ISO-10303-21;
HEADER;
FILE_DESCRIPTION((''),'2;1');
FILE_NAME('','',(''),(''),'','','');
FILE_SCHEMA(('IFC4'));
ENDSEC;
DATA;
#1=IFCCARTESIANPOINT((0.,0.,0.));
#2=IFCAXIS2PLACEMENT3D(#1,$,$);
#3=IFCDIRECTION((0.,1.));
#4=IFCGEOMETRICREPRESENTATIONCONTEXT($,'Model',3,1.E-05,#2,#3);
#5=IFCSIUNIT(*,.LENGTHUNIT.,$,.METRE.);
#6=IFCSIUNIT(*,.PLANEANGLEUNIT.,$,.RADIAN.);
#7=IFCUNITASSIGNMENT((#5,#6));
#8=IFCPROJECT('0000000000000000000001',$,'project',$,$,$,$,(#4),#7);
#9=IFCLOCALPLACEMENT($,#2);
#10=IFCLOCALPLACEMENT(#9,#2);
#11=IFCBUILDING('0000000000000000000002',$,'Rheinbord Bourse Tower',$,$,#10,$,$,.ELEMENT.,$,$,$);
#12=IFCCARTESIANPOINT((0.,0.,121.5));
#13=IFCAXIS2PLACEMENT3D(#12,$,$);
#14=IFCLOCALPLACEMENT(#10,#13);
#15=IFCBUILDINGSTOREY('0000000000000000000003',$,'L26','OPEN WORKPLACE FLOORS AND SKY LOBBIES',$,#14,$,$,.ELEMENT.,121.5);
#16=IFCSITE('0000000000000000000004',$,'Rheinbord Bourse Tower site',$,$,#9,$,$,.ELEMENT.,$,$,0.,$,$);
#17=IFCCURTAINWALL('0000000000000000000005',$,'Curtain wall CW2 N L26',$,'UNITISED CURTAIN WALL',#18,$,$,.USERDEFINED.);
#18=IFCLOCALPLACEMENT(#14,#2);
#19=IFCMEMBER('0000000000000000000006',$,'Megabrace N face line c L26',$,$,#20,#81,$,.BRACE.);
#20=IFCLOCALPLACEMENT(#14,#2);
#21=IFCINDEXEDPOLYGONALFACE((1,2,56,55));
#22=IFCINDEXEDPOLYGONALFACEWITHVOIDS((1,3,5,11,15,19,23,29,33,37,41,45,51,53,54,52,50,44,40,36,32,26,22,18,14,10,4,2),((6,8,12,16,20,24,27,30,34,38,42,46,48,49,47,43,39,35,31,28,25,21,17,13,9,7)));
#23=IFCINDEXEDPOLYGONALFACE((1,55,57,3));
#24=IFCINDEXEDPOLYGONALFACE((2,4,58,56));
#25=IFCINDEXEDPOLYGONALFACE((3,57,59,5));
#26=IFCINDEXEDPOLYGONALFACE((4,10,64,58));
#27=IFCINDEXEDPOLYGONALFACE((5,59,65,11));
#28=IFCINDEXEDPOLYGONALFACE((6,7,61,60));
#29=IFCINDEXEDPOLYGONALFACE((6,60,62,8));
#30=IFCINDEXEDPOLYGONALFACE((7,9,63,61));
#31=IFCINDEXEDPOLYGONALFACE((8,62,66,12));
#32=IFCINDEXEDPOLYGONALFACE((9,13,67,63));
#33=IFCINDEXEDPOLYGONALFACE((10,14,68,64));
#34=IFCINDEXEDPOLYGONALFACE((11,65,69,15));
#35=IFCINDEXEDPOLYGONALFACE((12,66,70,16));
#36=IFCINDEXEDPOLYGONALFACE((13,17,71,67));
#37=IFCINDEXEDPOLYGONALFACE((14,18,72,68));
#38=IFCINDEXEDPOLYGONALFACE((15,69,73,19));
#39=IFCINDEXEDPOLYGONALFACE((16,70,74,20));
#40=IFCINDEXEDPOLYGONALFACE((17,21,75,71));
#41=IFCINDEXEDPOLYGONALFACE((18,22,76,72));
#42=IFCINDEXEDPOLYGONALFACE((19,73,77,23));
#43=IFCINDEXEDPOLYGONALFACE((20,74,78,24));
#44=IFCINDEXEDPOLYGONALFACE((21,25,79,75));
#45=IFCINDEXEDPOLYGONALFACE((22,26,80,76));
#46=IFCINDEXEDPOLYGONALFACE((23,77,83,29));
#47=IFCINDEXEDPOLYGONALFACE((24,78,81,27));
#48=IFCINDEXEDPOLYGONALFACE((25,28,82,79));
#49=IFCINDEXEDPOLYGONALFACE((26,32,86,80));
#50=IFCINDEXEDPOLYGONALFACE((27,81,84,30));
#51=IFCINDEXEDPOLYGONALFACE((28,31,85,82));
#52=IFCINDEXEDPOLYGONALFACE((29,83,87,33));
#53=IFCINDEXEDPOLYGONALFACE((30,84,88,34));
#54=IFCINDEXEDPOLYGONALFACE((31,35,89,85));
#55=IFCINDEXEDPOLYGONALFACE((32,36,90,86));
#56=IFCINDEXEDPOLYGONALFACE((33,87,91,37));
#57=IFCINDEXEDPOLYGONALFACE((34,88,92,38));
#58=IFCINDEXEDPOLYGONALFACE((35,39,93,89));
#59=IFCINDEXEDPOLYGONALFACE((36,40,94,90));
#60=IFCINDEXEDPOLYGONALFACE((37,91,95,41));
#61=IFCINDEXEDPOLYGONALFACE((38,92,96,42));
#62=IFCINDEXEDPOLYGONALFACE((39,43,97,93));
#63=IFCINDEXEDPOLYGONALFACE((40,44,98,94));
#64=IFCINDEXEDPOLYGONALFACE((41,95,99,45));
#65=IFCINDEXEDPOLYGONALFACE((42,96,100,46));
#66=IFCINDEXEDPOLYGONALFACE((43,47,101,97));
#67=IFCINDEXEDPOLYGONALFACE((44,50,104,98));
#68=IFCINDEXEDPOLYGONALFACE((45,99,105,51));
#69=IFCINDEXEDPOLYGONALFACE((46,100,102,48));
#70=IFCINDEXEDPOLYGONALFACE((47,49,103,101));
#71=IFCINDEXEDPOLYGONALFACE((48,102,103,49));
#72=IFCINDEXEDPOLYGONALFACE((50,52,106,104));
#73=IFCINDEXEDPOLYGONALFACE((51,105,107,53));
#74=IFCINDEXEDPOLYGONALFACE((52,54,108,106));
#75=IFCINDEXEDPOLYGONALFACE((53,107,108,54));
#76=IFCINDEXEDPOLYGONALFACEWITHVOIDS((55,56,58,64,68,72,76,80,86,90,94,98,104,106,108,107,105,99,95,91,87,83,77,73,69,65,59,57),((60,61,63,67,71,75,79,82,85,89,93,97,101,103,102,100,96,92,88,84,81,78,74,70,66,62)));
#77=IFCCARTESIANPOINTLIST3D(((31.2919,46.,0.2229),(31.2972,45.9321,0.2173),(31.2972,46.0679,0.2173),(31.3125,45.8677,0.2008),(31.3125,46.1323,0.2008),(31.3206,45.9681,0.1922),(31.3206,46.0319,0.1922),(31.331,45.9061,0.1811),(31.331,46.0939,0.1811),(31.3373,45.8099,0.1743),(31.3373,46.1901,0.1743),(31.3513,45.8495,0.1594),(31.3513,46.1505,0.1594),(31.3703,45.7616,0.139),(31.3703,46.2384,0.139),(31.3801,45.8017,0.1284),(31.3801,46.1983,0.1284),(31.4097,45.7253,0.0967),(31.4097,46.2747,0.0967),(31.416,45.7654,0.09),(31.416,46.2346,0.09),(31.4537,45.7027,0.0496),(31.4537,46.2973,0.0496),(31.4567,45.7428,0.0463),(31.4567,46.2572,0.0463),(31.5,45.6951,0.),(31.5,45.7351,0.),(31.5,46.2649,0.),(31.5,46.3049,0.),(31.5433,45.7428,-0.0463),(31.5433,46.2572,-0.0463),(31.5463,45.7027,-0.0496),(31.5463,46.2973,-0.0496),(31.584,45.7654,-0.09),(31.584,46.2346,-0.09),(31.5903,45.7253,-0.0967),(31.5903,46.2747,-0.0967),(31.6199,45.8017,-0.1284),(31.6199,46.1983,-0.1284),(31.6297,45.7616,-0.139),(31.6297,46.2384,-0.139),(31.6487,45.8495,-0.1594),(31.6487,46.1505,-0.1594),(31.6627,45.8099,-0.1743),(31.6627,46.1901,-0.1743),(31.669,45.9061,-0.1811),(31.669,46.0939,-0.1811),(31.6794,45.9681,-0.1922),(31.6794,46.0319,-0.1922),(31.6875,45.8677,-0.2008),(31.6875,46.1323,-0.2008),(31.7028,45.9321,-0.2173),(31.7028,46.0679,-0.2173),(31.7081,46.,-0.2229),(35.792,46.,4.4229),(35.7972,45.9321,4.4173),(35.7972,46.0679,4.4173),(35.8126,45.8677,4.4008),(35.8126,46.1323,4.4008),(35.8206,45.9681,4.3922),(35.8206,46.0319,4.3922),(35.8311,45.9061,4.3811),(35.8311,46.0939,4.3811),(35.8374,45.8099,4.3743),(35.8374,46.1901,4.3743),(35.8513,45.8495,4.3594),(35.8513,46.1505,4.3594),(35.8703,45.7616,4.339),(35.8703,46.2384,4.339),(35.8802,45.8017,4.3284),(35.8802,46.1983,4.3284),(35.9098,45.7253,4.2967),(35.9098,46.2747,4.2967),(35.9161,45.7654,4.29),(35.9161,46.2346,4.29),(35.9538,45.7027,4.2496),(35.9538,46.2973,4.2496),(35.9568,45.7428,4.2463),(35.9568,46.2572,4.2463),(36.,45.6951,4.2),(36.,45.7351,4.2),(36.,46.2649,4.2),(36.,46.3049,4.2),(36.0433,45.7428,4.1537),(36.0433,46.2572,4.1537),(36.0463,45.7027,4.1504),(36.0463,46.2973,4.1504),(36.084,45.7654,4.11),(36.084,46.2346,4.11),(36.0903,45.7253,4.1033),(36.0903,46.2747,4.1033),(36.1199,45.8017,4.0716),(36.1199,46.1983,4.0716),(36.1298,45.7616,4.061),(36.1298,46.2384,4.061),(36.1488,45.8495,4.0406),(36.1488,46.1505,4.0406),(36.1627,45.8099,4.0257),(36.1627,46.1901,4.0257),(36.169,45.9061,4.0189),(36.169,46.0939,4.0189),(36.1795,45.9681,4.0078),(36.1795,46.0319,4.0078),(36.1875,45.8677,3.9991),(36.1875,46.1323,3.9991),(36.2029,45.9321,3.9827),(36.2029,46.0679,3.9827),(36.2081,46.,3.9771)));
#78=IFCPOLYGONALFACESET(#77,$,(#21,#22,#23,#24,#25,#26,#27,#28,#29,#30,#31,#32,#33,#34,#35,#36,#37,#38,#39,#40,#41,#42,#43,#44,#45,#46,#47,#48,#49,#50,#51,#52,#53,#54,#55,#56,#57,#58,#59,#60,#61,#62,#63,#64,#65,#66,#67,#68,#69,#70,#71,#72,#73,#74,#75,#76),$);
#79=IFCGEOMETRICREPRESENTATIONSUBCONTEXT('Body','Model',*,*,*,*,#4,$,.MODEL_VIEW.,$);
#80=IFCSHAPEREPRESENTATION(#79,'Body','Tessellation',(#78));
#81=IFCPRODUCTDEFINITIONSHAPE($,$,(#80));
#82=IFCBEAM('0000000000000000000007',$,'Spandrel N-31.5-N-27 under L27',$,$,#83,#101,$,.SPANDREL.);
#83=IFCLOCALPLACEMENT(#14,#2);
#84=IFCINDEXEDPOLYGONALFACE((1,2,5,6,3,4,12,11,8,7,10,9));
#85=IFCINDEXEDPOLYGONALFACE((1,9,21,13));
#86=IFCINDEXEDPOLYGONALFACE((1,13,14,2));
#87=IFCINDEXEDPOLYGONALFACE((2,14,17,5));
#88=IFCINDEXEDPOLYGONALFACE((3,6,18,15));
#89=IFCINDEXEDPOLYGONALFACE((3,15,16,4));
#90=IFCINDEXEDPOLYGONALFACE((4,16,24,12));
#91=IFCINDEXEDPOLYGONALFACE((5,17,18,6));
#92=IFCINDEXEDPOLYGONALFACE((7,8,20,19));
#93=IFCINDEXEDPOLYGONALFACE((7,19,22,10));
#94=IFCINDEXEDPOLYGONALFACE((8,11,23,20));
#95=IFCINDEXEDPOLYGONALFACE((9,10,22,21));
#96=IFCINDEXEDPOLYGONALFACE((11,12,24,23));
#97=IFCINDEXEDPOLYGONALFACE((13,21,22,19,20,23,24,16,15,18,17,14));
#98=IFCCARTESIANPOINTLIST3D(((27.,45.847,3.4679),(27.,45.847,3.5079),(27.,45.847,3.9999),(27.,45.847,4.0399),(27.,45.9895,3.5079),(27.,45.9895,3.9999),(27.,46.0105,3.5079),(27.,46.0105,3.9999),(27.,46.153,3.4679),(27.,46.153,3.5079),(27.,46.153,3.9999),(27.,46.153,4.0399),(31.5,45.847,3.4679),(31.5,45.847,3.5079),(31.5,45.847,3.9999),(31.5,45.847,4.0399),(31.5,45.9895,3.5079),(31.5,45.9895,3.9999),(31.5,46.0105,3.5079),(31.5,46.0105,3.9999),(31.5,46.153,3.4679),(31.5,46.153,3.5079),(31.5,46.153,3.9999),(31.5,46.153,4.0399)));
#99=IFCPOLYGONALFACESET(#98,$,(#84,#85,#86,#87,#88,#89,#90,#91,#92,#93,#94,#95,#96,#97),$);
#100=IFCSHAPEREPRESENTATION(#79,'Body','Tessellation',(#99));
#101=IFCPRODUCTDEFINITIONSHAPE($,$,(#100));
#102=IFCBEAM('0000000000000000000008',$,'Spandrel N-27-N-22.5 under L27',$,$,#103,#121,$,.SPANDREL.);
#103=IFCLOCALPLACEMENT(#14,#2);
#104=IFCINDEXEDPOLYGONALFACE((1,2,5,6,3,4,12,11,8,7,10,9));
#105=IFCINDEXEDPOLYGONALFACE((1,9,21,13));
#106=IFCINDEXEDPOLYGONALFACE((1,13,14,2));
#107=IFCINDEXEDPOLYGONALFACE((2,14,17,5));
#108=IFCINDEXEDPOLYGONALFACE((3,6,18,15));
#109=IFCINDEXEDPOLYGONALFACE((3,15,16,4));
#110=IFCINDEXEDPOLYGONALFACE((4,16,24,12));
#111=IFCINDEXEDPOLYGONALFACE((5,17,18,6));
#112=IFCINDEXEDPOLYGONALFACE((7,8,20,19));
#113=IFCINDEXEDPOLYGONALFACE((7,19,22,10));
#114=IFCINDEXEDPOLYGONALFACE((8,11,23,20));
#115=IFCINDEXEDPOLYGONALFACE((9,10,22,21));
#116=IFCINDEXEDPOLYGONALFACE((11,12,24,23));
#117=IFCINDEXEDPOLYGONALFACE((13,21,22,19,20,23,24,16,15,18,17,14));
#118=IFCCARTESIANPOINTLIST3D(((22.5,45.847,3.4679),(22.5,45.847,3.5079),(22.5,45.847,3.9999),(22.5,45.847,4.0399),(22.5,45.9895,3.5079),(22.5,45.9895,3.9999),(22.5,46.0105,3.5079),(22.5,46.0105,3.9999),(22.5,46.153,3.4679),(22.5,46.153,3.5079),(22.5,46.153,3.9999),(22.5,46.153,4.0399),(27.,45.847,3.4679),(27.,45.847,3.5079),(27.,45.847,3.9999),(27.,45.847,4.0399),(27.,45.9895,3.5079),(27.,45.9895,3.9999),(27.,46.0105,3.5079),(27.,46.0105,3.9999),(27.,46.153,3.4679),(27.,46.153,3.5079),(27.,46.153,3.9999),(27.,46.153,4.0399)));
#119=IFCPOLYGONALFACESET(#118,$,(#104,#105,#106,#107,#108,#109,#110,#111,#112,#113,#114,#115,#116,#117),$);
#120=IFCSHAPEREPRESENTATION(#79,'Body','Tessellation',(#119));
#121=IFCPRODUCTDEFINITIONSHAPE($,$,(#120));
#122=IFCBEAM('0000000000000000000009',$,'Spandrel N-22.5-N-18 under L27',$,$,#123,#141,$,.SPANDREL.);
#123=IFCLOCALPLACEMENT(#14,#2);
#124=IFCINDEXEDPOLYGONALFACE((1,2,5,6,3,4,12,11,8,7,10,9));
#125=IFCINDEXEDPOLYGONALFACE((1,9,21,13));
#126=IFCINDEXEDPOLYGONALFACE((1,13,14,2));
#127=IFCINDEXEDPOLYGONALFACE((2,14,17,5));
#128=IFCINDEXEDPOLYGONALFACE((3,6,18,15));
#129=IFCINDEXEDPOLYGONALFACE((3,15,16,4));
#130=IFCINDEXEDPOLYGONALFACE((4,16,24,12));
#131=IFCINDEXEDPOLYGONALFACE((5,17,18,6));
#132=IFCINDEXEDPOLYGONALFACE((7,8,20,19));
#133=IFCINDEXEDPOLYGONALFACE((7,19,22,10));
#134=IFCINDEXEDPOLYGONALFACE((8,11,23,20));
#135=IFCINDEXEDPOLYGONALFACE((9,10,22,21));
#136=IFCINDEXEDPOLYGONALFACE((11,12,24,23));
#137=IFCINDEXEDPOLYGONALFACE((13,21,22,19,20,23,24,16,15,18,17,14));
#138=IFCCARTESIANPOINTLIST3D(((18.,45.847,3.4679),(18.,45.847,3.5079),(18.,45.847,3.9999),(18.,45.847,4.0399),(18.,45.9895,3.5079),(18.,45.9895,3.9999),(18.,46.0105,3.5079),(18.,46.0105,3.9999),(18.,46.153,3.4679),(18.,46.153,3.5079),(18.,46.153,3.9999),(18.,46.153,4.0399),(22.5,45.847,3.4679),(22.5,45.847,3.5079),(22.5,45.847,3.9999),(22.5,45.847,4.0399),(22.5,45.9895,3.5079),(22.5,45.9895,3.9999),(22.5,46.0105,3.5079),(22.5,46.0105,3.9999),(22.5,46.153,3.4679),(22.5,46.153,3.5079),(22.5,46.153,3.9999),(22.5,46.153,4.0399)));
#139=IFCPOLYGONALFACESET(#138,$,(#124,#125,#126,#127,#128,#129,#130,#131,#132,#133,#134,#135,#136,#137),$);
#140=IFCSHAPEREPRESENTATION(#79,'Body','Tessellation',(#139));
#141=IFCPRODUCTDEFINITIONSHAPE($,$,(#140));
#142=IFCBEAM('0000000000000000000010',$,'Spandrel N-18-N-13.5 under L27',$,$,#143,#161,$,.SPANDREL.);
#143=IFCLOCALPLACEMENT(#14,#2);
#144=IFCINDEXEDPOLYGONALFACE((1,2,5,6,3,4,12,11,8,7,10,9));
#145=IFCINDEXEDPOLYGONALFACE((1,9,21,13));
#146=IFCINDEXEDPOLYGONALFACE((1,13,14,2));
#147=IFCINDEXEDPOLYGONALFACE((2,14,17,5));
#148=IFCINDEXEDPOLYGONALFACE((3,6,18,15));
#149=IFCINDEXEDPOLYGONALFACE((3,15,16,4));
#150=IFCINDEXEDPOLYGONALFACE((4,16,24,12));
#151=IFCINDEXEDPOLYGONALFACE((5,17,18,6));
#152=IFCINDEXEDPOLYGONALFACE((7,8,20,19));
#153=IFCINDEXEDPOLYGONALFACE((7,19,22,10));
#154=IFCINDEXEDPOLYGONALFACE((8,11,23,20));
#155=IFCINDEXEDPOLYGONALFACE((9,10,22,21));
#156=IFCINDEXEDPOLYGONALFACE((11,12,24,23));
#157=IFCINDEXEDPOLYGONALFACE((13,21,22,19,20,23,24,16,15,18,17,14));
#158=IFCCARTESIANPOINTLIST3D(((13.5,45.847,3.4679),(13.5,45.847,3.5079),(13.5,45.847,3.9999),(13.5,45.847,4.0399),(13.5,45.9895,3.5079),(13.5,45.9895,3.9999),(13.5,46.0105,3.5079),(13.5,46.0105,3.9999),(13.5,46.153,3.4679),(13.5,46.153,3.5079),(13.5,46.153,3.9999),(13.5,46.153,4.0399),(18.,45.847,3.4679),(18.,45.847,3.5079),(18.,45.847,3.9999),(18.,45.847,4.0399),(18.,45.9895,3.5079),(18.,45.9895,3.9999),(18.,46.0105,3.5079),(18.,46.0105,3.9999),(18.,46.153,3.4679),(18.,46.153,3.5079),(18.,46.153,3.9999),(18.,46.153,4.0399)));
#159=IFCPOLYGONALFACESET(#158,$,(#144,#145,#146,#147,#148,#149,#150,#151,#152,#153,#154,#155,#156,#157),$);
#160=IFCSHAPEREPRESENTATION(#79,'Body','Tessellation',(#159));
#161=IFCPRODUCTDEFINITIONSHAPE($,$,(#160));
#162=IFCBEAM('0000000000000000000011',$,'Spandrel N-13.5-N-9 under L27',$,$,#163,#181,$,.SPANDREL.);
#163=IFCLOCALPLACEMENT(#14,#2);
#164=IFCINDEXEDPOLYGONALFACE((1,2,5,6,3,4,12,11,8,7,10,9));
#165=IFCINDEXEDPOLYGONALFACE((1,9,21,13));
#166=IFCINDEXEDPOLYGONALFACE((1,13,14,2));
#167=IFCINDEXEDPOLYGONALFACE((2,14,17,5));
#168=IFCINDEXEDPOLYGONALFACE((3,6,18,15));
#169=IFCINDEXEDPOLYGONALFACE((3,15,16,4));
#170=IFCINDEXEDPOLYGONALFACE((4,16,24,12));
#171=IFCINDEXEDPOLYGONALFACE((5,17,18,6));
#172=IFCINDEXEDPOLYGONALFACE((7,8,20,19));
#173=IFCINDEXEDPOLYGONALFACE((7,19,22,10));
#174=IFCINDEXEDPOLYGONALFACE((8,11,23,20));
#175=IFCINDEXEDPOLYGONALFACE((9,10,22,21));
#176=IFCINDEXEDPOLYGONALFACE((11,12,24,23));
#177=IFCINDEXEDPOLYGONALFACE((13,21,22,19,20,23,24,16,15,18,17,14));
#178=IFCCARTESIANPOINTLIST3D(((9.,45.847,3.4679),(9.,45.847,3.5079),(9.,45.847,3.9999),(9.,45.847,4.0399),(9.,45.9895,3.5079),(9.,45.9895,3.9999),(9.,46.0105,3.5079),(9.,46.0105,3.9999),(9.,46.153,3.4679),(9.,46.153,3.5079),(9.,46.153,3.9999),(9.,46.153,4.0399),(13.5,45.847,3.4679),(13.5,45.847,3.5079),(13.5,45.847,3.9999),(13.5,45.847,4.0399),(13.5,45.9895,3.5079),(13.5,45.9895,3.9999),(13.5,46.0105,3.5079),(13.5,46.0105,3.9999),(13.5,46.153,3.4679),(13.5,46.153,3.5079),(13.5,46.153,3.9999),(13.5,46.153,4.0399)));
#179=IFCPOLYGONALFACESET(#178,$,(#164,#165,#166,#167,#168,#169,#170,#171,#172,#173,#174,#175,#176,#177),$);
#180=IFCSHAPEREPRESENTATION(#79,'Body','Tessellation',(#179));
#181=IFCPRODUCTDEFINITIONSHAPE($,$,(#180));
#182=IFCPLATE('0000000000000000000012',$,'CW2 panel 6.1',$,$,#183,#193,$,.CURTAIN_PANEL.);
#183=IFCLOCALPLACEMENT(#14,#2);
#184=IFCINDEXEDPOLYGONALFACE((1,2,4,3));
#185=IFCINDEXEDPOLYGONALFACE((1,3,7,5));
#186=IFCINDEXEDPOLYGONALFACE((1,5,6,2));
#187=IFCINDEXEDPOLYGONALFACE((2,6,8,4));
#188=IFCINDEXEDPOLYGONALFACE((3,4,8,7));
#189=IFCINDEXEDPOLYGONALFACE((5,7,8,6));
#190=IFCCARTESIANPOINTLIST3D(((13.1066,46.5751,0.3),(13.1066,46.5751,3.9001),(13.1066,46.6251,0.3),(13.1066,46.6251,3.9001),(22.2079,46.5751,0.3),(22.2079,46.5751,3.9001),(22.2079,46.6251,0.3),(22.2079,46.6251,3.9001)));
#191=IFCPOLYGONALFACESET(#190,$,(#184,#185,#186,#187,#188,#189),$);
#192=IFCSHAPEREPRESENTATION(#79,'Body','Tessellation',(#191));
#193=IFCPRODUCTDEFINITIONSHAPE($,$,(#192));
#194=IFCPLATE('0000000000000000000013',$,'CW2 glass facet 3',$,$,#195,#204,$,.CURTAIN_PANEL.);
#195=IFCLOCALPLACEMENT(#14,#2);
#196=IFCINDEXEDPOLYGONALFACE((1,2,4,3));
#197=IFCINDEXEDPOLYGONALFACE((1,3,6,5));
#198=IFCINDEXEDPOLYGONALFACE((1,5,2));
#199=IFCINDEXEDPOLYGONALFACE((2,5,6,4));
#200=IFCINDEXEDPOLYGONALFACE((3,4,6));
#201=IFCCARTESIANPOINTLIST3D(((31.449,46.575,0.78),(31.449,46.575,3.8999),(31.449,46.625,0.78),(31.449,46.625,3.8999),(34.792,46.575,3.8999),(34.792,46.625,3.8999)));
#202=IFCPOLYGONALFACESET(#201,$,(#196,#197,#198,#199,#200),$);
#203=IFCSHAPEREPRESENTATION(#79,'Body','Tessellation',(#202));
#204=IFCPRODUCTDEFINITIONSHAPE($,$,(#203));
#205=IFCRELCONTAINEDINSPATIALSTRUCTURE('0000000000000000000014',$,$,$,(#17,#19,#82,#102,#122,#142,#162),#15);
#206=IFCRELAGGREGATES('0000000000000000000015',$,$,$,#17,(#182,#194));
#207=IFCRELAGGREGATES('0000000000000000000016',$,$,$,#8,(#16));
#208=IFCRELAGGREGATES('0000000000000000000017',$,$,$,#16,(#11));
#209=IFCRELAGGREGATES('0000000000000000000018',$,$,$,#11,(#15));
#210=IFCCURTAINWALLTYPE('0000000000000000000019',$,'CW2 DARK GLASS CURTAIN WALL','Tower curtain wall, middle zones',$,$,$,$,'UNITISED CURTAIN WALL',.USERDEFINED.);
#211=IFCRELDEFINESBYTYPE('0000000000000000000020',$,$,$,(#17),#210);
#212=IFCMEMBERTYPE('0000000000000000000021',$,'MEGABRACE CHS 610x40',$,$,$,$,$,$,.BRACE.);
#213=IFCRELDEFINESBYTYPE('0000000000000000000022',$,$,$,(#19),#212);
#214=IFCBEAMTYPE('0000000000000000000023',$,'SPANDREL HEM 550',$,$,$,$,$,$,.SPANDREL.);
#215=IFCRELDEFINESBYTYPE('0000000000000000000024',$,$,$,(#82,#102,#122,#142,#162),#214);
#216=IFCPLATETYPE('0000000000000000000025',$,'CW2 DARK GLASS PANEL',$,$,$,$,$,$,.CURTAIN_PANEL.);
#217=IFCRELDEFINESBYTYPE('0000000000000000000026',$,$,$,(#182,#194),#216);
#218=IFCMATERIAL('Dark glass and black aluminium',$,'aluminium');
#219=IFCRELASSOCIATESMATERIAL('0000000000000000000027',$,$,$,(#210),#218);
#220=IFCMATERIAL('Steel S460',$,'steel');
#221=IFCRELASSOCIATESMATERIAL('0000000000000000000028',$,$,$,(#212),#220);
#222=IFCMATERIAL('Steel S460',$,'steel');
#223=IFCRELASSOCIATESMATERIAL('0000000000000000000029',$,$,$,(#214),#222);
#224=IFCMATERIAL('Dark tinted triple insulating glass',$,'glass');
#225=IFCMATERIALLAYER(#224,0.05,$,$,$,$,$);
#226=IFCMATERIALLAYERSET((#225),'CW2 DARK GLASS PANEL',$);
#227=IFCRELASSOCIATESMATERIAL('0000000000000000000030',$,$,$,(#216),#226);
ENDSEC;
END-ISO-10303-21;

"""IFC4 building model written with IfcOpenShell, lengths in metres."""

from ifc_helpers import new_model, si_unit, direction, frame, origin, origin_2d, place, context, subcontext, project, spatial, polyline, rectangle, hollow_circle, i_section, outline, extrude, material, layer, layer_set, material_profile, profile_set, type_object, element, aggregate, save


model = new_model("IFC4")

# Units and contexts
model_context = context("Model", 3, precision=1e-05, world=origin(), true_north=direction((0.0, 1.0)))
body_context = subcontext(model_context, "Body", "Model", "MODEL_VIEW")
ifc_project = project(units=[si_unit("LENGTHUNIT", "METRE"), si_unit("PLANEANGLEUNIT", "RADIAN")], contexts=[model_context])

# Site, building, storey
site_placement = place(None, origin())
site = spatial("IfcSite", under=ifc_project, at=site_placement, Name="Rheinbord Bourse Tower site", CompositionType="ELEMENT", RefElevation=0.0)
building_placement = place(site_placement, origin())
building = spatial("IfcBuilding", under=site, at=building_placement, Name="Rheinbord Bourse Tower", CompositionType="ELEMENT")
storey_placement = place(building_placement, frame((0.0, 0.0, 121.5)))
storey = spatial("IfcBuildingStorey", under=building, at=storey_placement, Name="L26", Description="OPEN WORKPLACE FLOORS AND SKY LOBBIES", CompositionType="ELEMENT", Elevation=121.5)

# Curtain wall
ifc_material_1 = material(Name="Dark glass and black aluminium", Category="aluminium")
curtain_wall_type = type_object("IfcCurtainWallType", Name="CW2 DARK GLASS CURTAIN WALL", Description="Tower curtain wall, middle zones", ElementType="UNITISED CURTAIN WALL", PredefinedType="USERDEFINED", material=ifc_material_1)
curtain_wall_placement = place(storey_placement, origin())
curtain_wall = element("IfcCurtainWall", 1, at=curtain_wall_placement, inside=storey, type_object=curtain_wall_type, Name="Curtain wall CW2 N L26", ObjectType="UNITISED CURTAIN WALL", PredefinedType="USERDEFINED")

# Member
ifc_material_2 = material(Name="Steel S460", Category="steel")
ifc_material_profile_1 = material_profile(ifc_material_2, hollow_circle(Radius=0.3049, WallThickness=0.04, at=origin_2d()), Name="CHS 610x40")
ifc_profile_set_1 = profile_set([ifc_material_profile_1], Name="Steel S460")
member_type_1 = type_object("IfcMemberType", Name="MEGABRACE CHS 610x40", PredefinedType="BRACE", material=ifc_profile_set_1)
member_1_placement = place(storey_placement, frame((31.5, 46.0, 0.0), z_axis=(0.731059, 0.0, 0.682314), x_axis=(0.0, 1.0, 0.0)))
element("IfcMember", 2, at=member_1_placement, inside=storey, type_object=member_type_1, Name="Megabrace N face line c L26", PredefinedType="BRACE", context=body_context, shape_type="SweptSolid", body=[
    extrude(hollow_circle(Radius=0.3049, WallThickness=0.04, at=origin_2d()), origin(), (0.0, 0.0, 1.0), 6.1555),
])

# Beams
ifc_material_3 = material(Name="Steel S460", Category="steel")
ifc_material_profile_2 = material_profile(ifc_material_3, i_section(OverallWidth=0.3059, OverallDepth=0.572, WebThickness=0.021, FlangeThickness=0.04, at=origin_2d()), Name="HEM 550")
ifc_profile_set_2 = profile_set([ifc_material_profile_2], Name="Steel S460")
beam_type_1 = type_object("IfcBeamType", Name="SPANDREL HEM 550", PredefinedType="SPANDREL", material=ifc_profile_set_2)
for number, where, z_axis, x_axis, name in (
    (3, (31.5, 46.0, 3.7539), (-1.0, 0.0, 0.0), (0.0, -1.0, 0.0), "Spandrel N-31.5-N-27 under L27"),
    (4, (27.0, 46.0, 3.7539), (-1.0, 0.0, 0.0), (0.0, -1.0, 0.0), "Spandrel N-27-N-22.5 under L27"),
    (5, (22.5, 46.0, 3.7539), (-1.0, 0.0, 0.0), (0.0, -1.0, 0.0), "Spandrel N-22.5-N-18 under L27"),
    (6, (18.0, 46.0, 3.7539), (-1.0, 0.0, 0.0), (0.0, -1.0, 0.0), "Spandrel N-18-N-13.5 under L27"),
    (7, (13.5, 46.0, 3.7539), (-1.0, 0.0, 0.0), (0.0, -1.0, 0.0), "Spandrel N-13.5-N-9 under L27"),
):
    element("IfcBeam", number, at=place(storey_placement, frame(where, z_axis=z_axis, x_axis=x_axis)), inside=storey, type_object=beam_type_1, Name=name, PredefinedType="SPANDREL", context=body_context, shape_type="SweptSolid", body=[
        extrude(i_section(OverallWidth=0.3059, OverallDepth=0.572, WebThickness=0.021, FlangeThickness=0.04, at=origin_2d()), origin(), (0.0, 0.0, 1.0), 4.5),
    ])

# Plates
ifc_material_4 = material(Name="Dark tinted triple insulating glass", Category="glass")
ifc_layer_1 = layer(ifc_material_4, 0.05)
ifc_layer_set_1 = layer_set([ifc_layer_1], Name="CW2 DARK GLASS PANEL")
plate_type = type_object("IfcPlateType", Name="CW2 DARK GLASS PANEL", PredefinedType="CURTAIN_PANEL", material=ifc_layer_set_1)
plate_1_placement = place(storey_placement, frame((17.6572, 46.6001, 0.3), z_axis=(0.0, 0.0, 1.0), x_axis=(-1.0, 0.0, 0.0)))
plate_1 = element("IfcPlate", 8, at=plate_1_placement, type_object=plate_type, Name="CW2 panel 6.1", PredefinedType="CURTAIN_PANEL", context=body_context, shape_type="SweptSolid", body=[
    extrude(rectangle(XDim=9.1013, YDim=0.05, at=origin_2d()), origin(), (0.0, 0.0, 1.0), 3.6001),
])
plate_2_placement = place(storey_placement, frame((31.449, 46.625, 3.8999), z_axis=(0.0, -1.0, 0.0), x_axis=(0.0, 0.0, -1.0)))
plate_2 = element("IfcPlate", 9, at=plate_2_placement, type_object=plate_type, Name="CW2 glass facet 3", PredefinedType="CURTAIN_PANEL", context=body_context, shape_type="SweptSolid", body=[
    extrude(outline(polyline([(0.0, 0.0), (3.1199, 0.0), (0.0, 3.343), (0.0, 0.0)])), origin(), (0.0, 0.0, 1.0), 0.05),
])
aggregate(curtain_wall, [plate_1, plate_2])

save(model, "model.ifc")
